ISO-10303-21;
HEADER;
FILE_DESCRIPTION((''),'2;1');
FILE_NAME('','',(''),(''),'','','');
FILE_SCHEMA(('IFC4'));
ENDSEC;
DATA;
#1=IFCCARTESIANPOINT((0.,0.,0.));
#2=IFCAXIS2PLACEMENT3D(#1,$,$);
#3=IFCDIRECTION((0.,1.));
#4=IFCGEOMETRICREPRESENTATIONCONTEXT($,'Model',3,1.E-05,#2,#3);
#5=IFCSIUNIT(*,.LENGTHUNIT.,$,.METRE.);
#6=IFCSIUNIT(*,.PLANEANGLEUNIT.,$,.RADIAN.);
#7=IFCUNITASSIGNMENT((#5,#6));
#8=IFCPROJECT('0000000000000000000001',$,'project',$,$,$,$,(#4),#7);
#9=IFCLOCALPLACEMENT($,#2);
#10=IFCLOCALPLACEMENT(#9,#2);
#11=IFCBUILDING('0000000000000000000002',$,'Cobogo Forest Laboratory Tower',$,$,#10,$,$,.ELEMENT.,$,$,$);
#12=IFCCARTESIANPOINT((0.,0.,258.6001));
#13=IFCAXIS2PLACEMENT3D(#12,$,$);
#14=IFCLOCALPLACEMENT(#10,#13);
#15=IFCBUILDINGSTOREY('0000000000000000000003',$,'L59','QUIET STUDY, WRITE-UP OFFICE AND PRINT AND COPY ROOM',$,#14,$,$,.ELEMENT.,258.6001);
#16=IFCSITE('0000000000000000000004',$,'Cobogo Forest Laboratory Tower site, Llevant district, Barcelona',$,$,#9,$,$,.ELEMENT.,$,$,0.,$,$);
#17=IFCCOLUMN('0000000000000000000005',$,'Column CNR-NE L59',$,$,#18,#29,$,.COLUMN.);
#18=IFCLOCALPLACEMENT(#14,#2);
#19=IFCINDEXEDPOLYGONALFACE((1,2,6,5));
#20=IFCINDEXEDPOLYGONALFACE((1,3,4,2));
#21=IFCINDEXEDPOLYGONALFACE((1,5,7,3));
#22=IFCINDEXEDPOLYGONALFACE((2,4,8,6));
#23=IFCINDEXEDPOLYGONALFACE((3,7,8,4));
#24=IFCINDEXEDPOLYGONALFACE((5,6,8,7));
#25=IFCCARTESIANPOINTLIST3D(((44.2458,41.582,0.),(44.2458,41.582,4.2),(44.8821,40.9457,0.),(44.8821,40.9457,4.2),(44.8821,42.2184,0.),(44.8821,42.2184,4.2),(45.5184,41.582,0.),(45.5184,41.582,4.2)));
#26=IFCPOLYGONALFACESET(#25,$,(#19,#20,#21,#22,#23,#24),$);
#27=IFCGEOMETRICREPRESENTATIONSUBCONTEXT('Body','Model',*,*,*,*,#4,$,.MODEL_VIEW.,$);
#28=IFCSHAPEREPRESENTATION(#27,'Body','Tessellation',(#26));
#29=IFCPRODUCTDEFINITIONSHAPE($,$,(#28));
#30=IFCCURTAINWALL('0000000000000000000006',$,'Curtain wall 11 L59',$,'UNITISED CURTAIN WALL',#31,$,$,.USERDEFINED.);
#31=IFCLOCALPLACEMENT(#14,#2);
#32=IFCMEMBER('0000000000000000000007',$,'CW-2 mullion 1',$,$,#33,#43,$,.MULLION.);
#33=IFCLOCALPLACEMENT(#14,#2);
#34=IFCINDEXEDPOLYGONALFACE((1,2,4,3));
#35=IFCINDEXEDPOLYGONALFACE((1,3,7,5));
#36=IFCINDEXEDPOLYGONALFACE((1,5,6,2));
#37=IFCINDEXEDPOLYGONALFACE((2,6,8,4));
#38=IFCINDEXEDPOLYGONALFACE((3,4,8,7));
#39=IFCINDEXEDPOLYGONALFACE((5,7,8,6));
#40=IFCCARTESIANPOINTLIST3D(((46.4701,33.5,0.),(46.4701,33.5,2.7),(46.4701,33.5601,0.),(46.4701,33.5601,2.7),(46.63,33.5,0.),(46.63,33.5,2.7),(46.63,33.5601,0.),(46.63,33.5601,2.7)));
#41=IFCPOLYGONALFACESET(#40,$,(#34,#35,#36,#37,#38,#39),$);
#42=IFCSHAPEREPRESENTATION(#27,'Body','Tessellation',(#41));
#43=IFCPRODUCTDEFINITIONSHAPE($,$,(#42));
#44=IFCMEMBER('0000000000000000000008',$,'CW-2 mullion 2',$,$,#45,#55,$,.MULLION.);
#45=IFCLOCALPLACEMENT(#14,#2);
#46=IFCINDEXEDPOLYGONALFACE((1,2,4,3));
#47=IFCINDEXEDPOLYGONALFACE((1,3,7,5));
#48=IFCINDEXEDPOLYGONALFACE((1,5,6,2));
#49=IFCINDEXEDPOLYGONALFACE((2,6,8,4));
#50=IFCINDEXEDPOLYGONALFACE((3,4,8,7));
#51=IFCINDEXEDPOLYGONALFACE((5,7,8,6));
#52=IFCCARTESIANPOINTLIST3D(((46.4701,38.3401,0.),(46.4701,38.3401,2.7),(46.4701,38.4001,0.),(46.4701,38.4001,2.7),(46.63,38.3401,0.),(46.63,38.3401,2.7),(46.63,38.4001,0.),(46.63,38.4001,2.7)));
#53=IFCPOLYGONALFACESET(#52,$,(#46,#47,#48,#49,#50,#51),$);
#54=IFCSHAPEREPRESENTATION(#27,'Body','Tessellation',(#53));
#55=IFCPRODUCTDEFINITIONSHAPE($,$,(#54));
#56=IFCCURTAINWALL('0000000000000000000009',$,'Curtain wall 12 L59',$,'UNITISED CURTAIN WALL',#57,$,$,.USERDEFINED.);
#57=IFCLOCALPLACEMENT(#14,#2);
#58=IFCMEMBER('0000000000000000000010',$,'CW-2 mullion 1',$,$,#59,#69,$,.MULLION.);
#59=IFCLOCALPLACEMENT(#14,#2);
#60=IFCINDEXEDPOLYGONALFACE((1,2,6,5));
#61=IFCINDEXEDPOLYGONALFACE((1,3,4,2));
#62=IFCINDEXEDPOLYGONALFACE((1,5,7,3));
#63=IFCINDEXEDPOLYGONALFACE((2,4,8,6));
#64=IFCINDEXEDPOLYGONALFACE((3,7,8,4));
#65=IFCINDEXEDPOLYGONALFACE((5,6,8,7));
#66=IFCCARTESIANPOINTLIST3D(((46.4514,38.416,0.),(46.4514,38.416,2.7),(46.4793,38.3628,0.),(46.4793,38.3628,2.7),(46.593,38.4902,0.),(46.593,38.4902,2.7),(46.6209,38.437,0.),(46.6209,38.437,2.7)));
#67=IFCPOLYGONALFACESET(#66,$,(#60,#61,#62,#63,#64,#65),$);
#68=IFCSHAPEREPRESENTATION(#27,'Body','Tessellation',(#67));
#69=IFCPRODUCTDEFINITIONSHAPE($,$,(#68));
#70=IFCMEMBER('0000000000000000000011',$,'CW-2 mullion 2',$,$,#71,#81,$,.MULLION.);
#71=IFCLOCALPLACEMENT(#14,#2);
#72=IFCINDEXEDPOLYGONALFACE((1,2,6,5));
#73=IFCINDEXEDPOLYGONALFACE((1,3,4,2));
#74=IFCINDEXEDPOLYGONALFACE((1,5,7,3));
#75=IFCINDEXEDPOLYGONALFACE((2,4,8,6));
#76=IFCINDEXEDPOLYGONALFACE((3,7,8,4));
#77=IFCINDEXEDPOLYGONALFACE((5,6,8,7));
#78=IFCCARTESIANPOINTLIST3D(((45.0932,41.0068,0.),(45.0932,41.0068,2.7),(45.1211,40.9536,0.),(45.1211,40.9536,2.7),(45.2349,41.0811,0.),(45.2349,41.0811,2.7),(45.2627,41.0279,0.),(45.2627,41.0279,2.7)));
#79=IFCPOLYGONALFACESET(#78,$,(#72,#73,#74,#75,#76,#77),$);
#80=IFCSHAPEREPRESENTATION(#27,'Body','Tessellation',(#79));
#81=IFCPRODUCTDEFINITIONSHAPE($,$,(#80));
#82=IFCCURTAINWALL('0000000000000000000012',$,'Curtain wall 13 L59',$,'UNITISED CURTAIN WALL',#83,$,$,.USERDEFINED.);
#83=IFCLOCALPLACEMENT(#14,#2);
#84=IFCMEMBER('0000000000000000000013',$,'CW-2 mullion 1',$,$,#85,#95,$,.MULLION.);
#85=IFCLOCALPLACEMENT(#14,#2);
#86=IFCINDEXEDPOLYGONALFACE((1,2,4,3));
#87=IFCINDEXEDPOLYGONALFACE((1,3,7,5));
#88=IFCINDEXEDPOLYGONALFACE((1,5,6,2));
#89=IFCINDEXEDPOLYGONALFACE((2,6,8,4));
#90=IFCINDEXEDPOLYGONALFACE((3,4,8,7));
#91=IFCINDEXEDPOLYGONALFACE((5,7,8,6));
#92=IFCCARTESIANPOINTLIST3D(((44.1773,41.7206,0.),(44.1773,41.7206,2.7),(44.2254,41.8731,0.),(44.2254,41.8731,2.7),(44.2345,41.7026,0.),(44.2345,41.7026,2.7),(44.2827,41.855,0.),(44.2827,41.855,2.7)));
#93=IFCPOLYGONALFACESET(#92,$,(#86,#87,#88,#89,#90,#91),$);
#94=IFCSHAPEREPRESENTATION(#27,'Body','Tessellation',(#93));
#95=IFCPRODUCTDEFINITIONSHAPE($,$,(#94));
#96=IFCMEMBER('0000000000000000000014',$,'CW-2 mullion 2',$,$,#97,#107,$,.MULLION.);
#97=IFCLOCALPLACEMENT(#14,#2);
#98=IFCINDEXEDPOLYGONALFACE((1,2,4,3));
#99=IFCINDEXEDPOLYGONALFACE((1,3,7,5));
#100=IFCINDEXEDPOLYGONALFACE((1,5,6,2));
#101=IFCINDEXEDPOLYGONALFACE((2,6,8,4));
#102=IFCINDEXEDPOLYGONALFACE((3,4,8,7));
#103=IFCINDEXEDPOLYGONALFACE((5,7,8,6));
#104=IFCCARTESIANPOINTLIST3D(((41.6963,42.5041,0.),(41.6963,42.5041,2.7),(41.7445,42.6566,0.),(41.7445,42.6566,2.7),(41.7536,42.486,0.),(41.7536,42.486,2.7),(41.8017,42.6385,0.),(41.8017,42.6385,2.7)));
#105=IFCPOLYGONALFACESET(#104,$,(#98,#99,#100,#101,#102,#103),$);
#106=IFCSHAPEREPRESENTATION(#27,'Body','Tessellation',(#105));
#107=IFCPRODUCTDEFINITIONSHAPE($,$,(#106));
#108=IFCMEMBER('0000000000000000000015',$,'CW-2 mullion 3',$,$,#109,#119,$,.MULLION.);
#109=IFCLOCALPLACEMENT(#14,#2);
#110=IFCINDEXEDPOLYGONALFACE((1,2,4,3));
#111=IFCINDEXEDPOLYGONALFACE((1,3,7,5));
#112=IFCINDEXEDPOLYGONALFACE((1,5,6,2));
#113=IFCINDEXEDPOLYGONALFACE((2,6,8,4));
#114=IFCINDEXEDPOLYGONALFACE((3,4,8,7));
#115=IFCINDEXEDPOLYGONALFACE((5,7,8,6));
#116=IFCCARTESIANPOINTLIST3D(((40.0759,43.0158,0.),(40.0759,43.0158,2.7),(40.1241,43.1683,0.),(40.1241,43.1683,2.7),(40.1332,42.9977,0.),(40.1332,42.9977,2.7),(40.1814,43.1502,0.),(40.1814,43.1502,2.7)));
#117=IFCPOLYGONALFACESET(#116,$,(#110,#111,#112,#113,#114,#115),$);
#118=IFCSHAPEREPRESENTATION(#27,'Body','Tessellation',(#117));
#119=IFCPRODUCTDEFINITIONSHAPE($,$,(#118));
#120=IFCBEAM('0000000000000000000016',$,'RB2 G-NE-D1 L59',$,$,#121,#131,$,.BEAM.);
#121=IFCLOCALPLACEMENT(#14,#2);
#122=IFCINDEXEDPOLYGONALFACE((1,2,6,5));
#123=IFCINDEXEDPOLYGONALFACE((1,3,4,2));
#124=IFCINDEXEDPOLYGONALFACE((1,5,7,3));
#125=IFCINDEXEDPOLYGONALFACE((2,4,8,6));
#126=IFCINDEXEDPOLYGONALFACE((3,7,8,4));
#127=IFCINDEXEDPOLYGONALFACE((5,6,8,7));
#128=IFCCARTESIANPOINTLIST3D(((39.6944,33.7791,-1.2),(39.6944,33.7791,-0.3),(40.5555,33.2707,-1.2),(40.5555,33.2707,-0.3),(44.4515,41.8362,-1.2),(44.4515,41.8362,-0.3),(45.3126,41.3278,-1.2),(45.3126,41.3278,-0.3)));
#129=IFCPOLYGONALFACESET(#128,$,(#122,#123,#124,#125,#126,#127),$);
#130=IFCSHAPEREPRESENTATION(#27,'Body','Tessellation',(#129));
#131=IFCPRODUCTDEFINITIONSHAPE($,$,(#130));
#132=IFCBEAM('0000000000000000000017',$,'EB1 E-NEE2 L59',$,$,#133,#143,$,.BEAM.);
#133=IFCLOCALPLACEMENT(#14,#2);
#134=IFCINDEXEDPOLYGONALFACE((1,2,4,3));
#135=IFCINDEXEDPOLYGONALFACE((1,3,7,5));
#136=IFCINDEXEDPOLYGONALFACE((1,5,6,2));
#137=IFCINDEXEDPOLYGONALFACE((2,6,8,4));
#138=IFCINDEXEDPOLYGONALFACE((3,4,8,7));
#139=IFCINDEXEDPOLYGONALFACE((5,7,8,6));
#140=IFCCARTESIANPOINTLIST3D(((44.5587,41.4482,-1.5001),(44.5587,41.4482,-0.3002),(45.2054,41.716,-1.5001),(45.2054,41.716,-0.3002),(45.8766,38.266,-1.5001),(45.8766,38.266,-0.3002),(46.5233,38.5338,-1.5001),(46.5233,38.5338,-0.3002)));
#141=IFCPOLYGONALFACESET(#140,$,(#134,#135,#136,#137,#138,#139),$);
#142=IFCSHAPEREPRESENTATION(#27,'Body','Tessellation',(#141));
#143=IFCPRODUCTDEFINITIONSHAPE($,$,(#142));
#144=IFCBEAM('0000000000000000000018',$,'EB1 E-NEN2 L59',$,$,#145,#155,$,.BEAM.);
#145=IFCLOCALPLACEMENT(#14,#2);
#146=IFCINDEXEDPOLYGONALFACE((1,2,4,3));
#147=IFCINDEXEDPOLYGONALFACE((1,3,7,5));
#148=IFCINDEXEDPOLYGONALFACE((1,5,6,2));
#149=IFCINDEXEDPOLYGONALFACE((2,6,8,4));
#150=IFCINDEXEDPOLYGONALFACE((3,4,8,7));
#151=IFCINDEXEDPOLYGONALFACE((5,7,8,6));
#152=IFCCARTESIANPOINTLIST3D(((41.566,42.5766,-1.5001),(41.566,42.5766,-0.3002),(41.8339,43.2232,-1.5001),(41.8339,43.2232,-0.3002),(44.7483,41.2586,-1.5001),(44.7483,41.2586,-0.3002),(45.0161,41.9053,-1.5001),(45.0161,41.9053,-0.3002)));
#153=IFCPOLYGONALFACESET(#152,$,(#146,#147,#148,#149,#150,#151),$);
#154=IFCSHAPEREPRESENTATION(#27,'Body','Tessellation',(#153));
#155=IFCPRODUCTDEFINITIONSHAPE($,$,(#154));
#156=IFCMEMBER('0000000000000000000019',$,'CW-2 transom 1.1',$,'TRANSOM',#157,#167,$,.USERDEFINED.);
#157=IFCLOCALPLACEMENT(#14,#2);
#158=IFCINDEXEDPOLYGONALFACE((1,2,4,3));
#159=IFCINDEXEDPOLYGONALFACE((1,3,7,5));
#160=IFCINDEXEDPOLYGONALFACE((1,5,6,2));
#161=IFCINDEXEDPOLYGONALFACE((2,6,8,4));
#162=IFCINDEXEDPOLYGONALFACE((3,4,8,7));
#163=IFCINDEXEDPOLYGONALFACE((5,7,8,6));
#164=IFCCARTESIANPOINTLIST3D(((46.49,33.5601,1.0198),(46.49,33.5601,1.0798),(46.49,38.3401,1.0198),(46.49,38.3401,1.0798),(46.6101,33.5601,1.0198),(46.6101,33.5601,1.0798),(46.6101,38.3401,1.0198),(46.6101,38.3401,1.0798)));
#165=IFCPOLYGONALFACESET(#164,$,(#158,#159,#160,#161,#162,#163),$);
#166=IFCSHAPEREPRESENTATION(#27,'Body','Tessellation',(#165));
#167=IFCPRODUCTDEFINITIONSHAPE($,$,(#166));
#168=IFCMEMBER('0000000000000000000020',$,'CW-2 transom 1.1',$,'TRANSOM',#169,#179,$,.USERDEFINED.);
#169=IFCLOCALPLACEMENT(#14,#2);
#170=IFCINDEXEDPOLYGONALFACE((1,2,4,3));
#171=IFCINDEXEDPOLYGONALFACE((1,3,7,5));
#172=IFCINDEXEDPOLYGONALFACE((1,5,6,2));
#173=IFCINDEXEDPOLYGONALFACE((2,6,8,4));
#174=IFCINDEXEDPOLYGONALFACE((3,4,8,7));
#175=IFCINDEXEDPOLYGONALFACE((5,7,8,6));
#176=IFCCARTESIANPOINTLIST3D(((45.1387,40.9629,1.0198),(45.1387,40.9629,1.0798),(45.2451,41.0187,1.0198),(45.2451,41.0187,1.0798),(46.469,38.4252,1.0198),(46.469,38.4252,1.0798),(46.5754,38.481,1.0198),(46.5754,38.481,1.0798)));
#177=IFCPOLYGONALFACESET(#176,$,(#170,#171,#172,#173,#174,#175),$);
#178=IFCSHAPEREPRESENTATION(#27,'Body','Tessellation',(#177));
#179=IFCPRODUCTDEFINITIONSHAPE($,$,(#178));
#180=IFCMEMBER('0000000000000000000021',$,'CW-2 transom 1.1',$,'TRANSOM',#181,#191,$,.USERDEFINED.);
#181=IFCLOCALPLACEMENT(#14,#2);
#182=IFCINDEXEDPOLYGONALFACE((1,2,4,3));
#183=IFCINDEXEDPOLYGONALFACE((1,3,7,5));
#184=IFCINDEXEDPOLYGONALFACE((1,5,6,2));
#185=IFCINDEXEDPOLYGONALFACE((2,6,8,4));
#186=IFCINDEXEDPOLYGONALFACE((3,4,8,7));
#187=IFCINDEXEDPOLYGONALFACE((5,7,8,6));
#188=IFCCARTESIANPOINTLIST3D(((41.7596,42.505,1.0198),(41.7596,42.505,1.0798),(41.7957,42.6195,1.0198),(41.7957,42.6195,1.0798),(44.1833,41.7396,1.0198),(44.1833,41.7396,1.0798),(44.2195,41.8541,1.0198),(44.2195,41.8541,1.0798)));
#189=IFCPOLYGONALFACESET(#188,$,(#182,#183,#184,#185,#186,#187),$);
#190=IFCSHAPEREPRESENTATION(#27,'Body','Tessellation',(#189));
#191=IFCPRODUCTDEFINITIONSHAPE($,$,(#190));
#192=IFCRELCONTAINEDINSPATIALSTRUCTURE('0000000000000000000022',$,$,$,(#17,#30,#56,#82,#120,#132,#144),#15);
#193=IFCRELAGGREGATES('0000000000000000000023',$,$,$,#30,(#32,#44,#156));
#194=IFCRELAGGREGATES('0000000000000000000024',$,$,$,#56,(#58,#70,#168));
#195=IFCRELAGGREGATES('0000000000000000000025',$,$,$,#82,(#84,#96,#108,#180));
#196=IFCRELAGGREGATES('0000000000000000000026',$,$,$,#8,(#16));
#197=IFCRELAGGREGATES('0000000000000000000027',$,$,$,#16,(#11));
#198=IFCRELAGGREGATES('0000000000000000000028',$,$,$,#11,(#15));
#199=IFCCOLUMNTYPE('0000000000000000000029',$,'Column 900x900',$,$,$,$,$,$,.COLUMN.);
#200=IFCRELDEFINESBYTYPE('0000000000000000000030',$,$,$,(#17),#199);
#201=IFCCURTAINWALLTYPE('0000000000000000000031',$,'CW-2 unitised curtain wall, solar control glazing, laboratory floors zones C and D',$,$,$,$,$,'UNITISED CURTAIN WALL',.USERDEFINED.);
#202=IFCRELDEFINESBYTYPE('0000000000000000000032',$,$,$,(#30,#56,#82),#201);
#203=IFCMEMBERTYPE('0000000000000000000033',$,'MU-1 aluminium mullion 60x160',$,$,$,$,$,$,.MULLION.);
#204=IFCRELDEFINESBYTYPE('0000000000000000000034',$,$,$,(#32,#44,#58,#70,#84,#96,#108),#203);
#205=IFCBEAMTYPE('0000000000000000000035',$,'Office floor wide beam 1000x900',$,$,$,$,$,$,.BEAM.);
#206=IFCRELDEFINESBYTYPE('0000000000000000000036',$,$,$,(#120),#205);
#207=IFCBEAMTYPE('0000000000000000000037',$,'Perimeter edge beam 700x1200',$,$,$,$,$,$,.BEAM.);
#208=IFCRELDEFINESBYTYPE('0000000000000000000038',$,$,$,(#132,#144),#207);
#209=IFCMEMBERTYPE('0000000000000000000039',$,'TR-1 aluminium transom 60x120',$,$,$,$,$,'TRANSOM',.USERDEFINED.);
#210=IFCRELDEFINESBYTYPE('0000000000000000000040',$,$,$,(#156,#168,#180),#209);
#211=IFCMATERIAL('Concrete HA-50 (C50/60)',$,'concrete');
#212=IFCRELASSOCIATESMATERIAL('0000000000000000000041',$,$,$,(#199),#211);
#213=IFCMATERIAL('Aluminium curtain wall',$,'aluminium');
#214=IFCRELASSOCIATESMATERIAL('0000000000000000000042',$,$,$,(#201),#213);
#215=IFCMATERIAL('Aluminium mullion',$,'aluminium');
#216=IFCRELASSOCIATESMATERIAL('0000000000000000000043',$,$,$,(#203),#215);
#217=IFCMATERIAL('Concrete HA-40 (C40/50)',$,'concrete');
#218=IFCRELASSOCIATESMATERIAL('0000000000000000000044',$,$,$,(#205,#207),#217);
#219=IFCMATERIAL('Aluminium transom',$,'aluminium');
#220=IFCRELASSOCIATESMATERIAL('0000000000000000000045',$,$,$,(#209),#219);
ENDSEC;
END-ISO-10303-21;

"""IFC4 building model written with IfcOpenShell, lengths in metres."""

from ifc_helpers import new_model, si_unit, direction, frame, origin, origin_2d, place, context, subcontext, project, spatial, rectangle, extrude, material, material_profile, profile_set, type_object, element, aggregate, save


model = new_model("IFC4")

# Units and contexts
model_context = context("Model", 3, precision=1e-05, world=origin(), true_north=direction((0.0, 1.0)))
body_context = subcontext(model_context, "Body", "Model", "MODEL_VIEW")
ifc_project = project(units=[si_unit("LENGTHUNIT", "METRE"), si_unit("PLANEANGLEUNIT", "RADIAN")], contexts=[model_context])

# Site, building, storey
site_placement = place(None, origin())
site = spatial("IfcSite", under=ifc_project, at=site_placement, Name="Cobogo Forest Laboratory Tower site, Llevant district, Barcelona", CompositionType="ELEMENT", RefElevation=0.0)
building_placement = place(site_placement, origin())
building = spatial("IfcBuilding", under=site, at=building_placement, Name="Cobogo Forest Laboratory Tower", CompositionType="ELEMENT")
storey_placement = place(building_placement, frame((0.0, 0.0, 258.6001)))
storey = spatial("IfcBuildingStorey", under=building, at=storey_placement, Name="L59", Description="QUIET STUDY, WRITE-UP OFFICE AND PRINT AND COPY ROOM", CompositionType="ELEMENT", Elevation=258.6001)

# Column
ifc_material_1 = material(Name="Concrete HA-50 (C50/60)", Category="concrete")
ifc_material_profile_1 = material_profile(ifc_material_1, rectangle(XDim=0.8999, YDim=0.8999, at=origin_2d()), Name="RC 900x900")
ifc_profile_set_1 = profile_set([ifc_material_profile_1], Name="Concrete HA-50 (C50/60)")
column_type = type_object("IfcColumnType", Name="Column 900x900", PredefinedType="COLUMN", material=ifc_profile_set_1)
column_placement = place(storey_placement, frame((44.8821, 41.582, 0.0), z_axis=(0.0, 0.0, 1.0), x_axis=(0.707107, 0.707107, 0.0)))
element("IfcColumn", 1, at=column_placement, inside=storey, type_object=column_type, Name="Column CNR-NE L59", PredefinedType="COLUMN", context=body_context, shape_type="SweptSolid", body=[
    extrude(rectangle(XDim=0.8999, YDim=0.8999, at=origin_2d()), origin(), (0.0, 0.0, 1.0), 4.2),
])

# Curtain walls, members
ifc_material_2 = material(Name="Aluminium curtain wall", Category="aluminium")
curtain_wall_type = type_object("IfcCurtainWallType", Name="CW-2 unitised curtain wall, solar control glazing, laboratory floors zones C and D", ElementType="UNITISED CURTAIN WALL", PredefinedType="USERDEFINED", material=ifc_material_2)
curtain_wall_1_placement = place(storey_placement, origin())
curtain_wall_1 = element("IfcCurtainWall", 2, at=curtain_wall_1_placement, inside=storey, type_object=curtain_wall_type, Name="Curtain wall 11 L59", ObjectType="UNITISED CURTAIN WALL", PredefinedType="USERDEFINED")
ifc_material_3 = material(Name="Aluminium mullion", Category="aluminium")
ifc_material_profile_2 = material_profile(ifc_material_3, rectangle(XDim=0.0601, YDim=0.1599, at=origin_2d()), Name="AL 60x160")
ifc_profile_set_2 = profile_set([ifc_material_profile_2], Name="Aluminium mullion")
member_type_1 = type_object("IfcMemberType", Name="MU-1 aluminium mullion 60x160", PredefinedType="MULLION", material=ifc_profile_set_2)
member_1_placement = place(storey_placement, frame((46.55, 33.53, 0.0), z_axis=(0.0, 0.0, 1.0), x_axis=(0.0, 1.0, 0.0)))
member_1 = element("IfcMember", 3, at=member_1_placement, type_object=member_type_1, Name="CW-2 mullion 1", PredefinedType="MULLION", context=body_context, shape_type="SweptSolid", body=[
    extrude(rectangle(XDim=0.0601, YDim=0.1599, at=origin_2d()), origin(), (0.0, 0.0, 1.0), 2.7),
])
member_2_placement = place(storey_placement, frame((46.55, 38.3701, 0.0), z_axis=(0.0, 0.0, 1.0), x_axis=(0.0, 1.0, 0.0)))
member_2 = element("IfcMember", 4, at=member_2_placement, type_object=member_type_1, Name="CW-2 mullion 2", PredefinedType="MULLION", context=body_context, shape_type="SweptSolid", body=[
    extrude(rectangle(XDim=0.0601, YDim=0.1599, at=origin_2d()), origin(), (0.0, 0.0, 1.0), 2.7),
])
curtain_wall_2_placement = place(storey_placement, origin())
curtain_wall_2 = element("IfcCurtainWall", 5, at=curtain_wall_2_placement, inside=storey, type_object=curtain_wall_type, Name="Curtain wall 12 L59", ObjectType="UNITISED CURTAIN WALL", PredefinedType="USERDEFINED")
member_3_placement = place(storey_placement, frame((46.5361, 38.4265, 0.0), z_axis=(0.0, 0.0, 1.0), x_axis=(-0.464284, 0.885686, 0.0)))
member_3 = element("IfcMember", 6, at=member_3_placement, type_object=member_type_1, Name="CW-2 mullion 1", PredefinedType="MULLION", context=body_context, shape_type="SweptSolid", body=[
    extrude(rectangle(XDim=0.0601, YDim=0.1599, at=origin_2d()), origin(), (0.0, 0.0, 1.0), 2.7),
])
member_4_placement = place(storey_placement, frame((45.178, 41.0173, 0.0), z_axis=(0.0, 0.0, 1.0), x_axis=(-0.464284, 0.885686, 0.0)))
member_4 = element("IfcMember", 7, at=member_4_placement, type_object=member_type_1, Name="CW-2 mullion 2", PredefinedType="MULLION", context=body_context, shape_type="SweptSolid", body=[
    extrude(rectangle(XDim=0.0601, YDim=0.1599, at=origin_2d()), origin(), (0.0, 0.0, 1.0), 2.7),
])
curtain_wall_3_placement = place(storey_placement, origin())
curtain_wall_3 = element("IfcCurtainWall", 8, at=curtain_wall_3_placement, inside=storey, type_object=curtain_wall_type, Name="Curtain wall 13 L59", ObjectType="UNITISED CURTAIN WALL", PredefinedType="USERDEFINED")
member_5_placement = place(storey_placement, frame((44.23, 41.7878, 0.0), z_axis=(0.0, 0.0, 1.0), x_axis=(-0.953581, 0.301135, 0.0)))
member_5 = element("IfcMember", 9, at=member_5_placement, type_object=member_type_1, Name="CW-2 mullion 1", PredefinedType="MULLION", context=body_context, shape_type="SweptSolid", body=[
    extrude(rectangle(XDim=0.0601, YDim=0.1599, at=origin_2d()), origin(), (0.0, 0.0, 1.0), 2.7),
])
member_6_placement = place(storey_placement, frame((41.749, 42.5713, 0.0), z_axis=(0.0, 0.0, 1.0), x_axis=(-0.953581, 0.301135, 0.0)))
member_6 = element("IfcMember", 10, at=member_6_placement, type_object=member_type_1, Name="CW-2 mullion 2", PredefinedType="MULLION", context=body_context, shape_type="SweptSolid", body=[
    extrude(rectangle(XDim=0.0601, YDim=0.1599, at=origin_2d()), origin(), (0.0, 0.0, 1.0), 2.7),
])
member_7_placement = place(storey_placement, frame((40.1287, 43.083, 0.0), z_axis=(0.0, 0.0, 1.0), x_axis=(-0.953581, 0.301135, 0.0)))
member_7 = element("IfcMember", 11, at=member_7_placement, type_object=member_type_1, Name="CW-2 mullion 3", PredefinedType="MULLION", context=body_context, shape_type="SweptSolid", body=[
    extrude(rectangle(XDim=0.0601, YDim=0.1599, at=origin_2d()), origin(), (0.0, 0.0, 1.0), 2.7),
])

# Beams
ifc_material_4 = material(Name="Concrete HA-40 (C40/50)", Category="concrete")
ifc_material_profile_3 = material_profile(ifc_material_4, rectangle(XDim=1.0, YDim=0.8999, at=origin_2d()), Name="RC 1000x900")
ifc_profile_set_3 = profile_set([ifc_material_profile_3], Name="Concrete HA-40 (C40/50)")
beam_type_1 = type_object("IfcBeamType", Name="Office floor wide beam 1000x900", PredefinedType="BEAM", material=ifc_profile_set_3)
beam_placement = place(storey_placement, frame((44.8821, 41.582, -0.75), z_axis=(-0.508416, -0.861111, 0.0), x_axis=(0.861111, -0.508416, 0.0)))
element("IfcBeam", 12, at=beam_placement, inside=storey, type_object=beam_type_1, Name="RB2 G-NE-D1 L59", PredefinedType="BEAM", context=body_context, shape_type="SweptSolid", body=[
    extrude(rectangle(XDim=1.0, YDim=0.8999, at=origin_2d()), origin(), (0.0, 0.0, 1.0), 9.3567),
])
ifc_material_profile_4 = material_profile(ifc_material_4, rectangle(XDim=0.7, YDim=1.2, at=origin_2d()), Name="RC 700x1200")
ifc_profile_set_4 = profile_set([ifc_material_profile_4], Name="Concrete HA-40 (C40/50)")
beam_type_2 = type_object("IfcBeamType", Name="Perimeter edge beam 700x1200", PredefinedType="BEAM", material=ifc_profile_set_4)
for number, where, z_axis, x_axis, name in (
    (13, (46.2, 38.3999, -0.9001), (-0.382631, 0.923901, 0.0), (-0.923901, -0.382631, 0.0), "EB1 E-NEE2 L59"),
    (14, (41.7, 42.8999, -0.9001), (0.923901, -0.382631, 0.0), (0.382631, 0.923901, 0.0), "EB1 E-NEN2 L59"),
):
    element("IfcBeam", number, at=place(storey_placement, frame(where, z_axis=z_axis, x_axis=x_axis)), inside=storey, type_object=beam_type_2, Name=name, PredefinedType="BEAM", context=body_context, shape_type="SweptSolid", body=[
        extrude(rectangle(XDim=0.7, YDim=1.2, at=origin_2d()), origin(), (0.0, 0.0, 1.0), 3.4443),
    ])

# Members
ifc_material_5 = material(Name="Aluminium transom", Category="aluminium")
ifc_material_profile_5 = material_profile(ifc_material_5, rectangle(XDim=0.1201, YDim=0.0601, at=origin_2d()), Name="AL 60x120")
ifc_profile_set_5 = profile_set([ifc_material_profile_5], Name="Aluminium transom")
member_type_2 = type_object("IfcMemberType", Name="TR-1 aluminium transom 60x120", ElementType="TRANSOM", PredefinedType="USERDEFINED", material=ifc_profile_set_5)
member_8_placement = place(storey_placement, frame((46.55, 33.5601, 1.0498), z_axis=(0.0, 1.0, 0.0), x_axis=(-1.0, 0.0, 0.0)))
member_8 = element("IfcMember", 15, at=member_8_placement, type_object=member_type_2, Name="CW-2 transom 1.1", ObjectType="TRANSOM", PredefinedType="USERDEFINED", context=body_context, shape_type="SweptSolid", body=[
    extrude(rectangle(XDim=0.1201, YDim=0.0601, at=origin_2d()), origin(), (0.0, 0.0, 1.0), 4.78),
])
member_9_placement = place(storey_placement, frame((46.5222, 38.4531, 1.0498), z_axis=(-0.464309, 0.885673, 0.0), x_axis=(-0.885673, -0.464309, 0.0)))
member_9 = element("IfcMember", 16, at=member_9_placement, type_object=member_type_2, Name="CW-2 transom 1.1", ObjectType="TRANSOM", PredefinedType="USERDEFINED", context=body_context, shape_type="SweptSolid", body=[
    extrude(rectangle(XDim=0.1201, YDim=0.0601, at=origin_2d()), origin(), (0.0, 0.0, 1.0), 2.8652),
])
member_10_placement = place(storey_placement, frame((44.2014, 41.7969, 1.0498), z_axis=(-0.953587, 0.301118, 0.0), x_axis=(-0.301118, -0.953587, 0.0)))
member_10 = element("IfcMember", 17, at=member_10_placement, type_object=member_type_2, Name="CW-2 transom 1.1", ObjectType="TRANSOM", PredefinedType="USERDEFINED", context=body_context, shape_type="SweptSolid", body=[
    extrude(rectangle(XDim=0.1201, YDim=0.0601, at=origin_2d()), origin(), (0.0, 0.0, 1.0), 2.5417),
])

aggregate(curtain_wall_1, [member_1, member_2, member_8])
aggregate(curtain_wall_2, [member_3, member_4, member_9])
aggregate(curtain_wall_3, [member_5, member_6, member_7, member_10])

save(model, "model.ifc")
